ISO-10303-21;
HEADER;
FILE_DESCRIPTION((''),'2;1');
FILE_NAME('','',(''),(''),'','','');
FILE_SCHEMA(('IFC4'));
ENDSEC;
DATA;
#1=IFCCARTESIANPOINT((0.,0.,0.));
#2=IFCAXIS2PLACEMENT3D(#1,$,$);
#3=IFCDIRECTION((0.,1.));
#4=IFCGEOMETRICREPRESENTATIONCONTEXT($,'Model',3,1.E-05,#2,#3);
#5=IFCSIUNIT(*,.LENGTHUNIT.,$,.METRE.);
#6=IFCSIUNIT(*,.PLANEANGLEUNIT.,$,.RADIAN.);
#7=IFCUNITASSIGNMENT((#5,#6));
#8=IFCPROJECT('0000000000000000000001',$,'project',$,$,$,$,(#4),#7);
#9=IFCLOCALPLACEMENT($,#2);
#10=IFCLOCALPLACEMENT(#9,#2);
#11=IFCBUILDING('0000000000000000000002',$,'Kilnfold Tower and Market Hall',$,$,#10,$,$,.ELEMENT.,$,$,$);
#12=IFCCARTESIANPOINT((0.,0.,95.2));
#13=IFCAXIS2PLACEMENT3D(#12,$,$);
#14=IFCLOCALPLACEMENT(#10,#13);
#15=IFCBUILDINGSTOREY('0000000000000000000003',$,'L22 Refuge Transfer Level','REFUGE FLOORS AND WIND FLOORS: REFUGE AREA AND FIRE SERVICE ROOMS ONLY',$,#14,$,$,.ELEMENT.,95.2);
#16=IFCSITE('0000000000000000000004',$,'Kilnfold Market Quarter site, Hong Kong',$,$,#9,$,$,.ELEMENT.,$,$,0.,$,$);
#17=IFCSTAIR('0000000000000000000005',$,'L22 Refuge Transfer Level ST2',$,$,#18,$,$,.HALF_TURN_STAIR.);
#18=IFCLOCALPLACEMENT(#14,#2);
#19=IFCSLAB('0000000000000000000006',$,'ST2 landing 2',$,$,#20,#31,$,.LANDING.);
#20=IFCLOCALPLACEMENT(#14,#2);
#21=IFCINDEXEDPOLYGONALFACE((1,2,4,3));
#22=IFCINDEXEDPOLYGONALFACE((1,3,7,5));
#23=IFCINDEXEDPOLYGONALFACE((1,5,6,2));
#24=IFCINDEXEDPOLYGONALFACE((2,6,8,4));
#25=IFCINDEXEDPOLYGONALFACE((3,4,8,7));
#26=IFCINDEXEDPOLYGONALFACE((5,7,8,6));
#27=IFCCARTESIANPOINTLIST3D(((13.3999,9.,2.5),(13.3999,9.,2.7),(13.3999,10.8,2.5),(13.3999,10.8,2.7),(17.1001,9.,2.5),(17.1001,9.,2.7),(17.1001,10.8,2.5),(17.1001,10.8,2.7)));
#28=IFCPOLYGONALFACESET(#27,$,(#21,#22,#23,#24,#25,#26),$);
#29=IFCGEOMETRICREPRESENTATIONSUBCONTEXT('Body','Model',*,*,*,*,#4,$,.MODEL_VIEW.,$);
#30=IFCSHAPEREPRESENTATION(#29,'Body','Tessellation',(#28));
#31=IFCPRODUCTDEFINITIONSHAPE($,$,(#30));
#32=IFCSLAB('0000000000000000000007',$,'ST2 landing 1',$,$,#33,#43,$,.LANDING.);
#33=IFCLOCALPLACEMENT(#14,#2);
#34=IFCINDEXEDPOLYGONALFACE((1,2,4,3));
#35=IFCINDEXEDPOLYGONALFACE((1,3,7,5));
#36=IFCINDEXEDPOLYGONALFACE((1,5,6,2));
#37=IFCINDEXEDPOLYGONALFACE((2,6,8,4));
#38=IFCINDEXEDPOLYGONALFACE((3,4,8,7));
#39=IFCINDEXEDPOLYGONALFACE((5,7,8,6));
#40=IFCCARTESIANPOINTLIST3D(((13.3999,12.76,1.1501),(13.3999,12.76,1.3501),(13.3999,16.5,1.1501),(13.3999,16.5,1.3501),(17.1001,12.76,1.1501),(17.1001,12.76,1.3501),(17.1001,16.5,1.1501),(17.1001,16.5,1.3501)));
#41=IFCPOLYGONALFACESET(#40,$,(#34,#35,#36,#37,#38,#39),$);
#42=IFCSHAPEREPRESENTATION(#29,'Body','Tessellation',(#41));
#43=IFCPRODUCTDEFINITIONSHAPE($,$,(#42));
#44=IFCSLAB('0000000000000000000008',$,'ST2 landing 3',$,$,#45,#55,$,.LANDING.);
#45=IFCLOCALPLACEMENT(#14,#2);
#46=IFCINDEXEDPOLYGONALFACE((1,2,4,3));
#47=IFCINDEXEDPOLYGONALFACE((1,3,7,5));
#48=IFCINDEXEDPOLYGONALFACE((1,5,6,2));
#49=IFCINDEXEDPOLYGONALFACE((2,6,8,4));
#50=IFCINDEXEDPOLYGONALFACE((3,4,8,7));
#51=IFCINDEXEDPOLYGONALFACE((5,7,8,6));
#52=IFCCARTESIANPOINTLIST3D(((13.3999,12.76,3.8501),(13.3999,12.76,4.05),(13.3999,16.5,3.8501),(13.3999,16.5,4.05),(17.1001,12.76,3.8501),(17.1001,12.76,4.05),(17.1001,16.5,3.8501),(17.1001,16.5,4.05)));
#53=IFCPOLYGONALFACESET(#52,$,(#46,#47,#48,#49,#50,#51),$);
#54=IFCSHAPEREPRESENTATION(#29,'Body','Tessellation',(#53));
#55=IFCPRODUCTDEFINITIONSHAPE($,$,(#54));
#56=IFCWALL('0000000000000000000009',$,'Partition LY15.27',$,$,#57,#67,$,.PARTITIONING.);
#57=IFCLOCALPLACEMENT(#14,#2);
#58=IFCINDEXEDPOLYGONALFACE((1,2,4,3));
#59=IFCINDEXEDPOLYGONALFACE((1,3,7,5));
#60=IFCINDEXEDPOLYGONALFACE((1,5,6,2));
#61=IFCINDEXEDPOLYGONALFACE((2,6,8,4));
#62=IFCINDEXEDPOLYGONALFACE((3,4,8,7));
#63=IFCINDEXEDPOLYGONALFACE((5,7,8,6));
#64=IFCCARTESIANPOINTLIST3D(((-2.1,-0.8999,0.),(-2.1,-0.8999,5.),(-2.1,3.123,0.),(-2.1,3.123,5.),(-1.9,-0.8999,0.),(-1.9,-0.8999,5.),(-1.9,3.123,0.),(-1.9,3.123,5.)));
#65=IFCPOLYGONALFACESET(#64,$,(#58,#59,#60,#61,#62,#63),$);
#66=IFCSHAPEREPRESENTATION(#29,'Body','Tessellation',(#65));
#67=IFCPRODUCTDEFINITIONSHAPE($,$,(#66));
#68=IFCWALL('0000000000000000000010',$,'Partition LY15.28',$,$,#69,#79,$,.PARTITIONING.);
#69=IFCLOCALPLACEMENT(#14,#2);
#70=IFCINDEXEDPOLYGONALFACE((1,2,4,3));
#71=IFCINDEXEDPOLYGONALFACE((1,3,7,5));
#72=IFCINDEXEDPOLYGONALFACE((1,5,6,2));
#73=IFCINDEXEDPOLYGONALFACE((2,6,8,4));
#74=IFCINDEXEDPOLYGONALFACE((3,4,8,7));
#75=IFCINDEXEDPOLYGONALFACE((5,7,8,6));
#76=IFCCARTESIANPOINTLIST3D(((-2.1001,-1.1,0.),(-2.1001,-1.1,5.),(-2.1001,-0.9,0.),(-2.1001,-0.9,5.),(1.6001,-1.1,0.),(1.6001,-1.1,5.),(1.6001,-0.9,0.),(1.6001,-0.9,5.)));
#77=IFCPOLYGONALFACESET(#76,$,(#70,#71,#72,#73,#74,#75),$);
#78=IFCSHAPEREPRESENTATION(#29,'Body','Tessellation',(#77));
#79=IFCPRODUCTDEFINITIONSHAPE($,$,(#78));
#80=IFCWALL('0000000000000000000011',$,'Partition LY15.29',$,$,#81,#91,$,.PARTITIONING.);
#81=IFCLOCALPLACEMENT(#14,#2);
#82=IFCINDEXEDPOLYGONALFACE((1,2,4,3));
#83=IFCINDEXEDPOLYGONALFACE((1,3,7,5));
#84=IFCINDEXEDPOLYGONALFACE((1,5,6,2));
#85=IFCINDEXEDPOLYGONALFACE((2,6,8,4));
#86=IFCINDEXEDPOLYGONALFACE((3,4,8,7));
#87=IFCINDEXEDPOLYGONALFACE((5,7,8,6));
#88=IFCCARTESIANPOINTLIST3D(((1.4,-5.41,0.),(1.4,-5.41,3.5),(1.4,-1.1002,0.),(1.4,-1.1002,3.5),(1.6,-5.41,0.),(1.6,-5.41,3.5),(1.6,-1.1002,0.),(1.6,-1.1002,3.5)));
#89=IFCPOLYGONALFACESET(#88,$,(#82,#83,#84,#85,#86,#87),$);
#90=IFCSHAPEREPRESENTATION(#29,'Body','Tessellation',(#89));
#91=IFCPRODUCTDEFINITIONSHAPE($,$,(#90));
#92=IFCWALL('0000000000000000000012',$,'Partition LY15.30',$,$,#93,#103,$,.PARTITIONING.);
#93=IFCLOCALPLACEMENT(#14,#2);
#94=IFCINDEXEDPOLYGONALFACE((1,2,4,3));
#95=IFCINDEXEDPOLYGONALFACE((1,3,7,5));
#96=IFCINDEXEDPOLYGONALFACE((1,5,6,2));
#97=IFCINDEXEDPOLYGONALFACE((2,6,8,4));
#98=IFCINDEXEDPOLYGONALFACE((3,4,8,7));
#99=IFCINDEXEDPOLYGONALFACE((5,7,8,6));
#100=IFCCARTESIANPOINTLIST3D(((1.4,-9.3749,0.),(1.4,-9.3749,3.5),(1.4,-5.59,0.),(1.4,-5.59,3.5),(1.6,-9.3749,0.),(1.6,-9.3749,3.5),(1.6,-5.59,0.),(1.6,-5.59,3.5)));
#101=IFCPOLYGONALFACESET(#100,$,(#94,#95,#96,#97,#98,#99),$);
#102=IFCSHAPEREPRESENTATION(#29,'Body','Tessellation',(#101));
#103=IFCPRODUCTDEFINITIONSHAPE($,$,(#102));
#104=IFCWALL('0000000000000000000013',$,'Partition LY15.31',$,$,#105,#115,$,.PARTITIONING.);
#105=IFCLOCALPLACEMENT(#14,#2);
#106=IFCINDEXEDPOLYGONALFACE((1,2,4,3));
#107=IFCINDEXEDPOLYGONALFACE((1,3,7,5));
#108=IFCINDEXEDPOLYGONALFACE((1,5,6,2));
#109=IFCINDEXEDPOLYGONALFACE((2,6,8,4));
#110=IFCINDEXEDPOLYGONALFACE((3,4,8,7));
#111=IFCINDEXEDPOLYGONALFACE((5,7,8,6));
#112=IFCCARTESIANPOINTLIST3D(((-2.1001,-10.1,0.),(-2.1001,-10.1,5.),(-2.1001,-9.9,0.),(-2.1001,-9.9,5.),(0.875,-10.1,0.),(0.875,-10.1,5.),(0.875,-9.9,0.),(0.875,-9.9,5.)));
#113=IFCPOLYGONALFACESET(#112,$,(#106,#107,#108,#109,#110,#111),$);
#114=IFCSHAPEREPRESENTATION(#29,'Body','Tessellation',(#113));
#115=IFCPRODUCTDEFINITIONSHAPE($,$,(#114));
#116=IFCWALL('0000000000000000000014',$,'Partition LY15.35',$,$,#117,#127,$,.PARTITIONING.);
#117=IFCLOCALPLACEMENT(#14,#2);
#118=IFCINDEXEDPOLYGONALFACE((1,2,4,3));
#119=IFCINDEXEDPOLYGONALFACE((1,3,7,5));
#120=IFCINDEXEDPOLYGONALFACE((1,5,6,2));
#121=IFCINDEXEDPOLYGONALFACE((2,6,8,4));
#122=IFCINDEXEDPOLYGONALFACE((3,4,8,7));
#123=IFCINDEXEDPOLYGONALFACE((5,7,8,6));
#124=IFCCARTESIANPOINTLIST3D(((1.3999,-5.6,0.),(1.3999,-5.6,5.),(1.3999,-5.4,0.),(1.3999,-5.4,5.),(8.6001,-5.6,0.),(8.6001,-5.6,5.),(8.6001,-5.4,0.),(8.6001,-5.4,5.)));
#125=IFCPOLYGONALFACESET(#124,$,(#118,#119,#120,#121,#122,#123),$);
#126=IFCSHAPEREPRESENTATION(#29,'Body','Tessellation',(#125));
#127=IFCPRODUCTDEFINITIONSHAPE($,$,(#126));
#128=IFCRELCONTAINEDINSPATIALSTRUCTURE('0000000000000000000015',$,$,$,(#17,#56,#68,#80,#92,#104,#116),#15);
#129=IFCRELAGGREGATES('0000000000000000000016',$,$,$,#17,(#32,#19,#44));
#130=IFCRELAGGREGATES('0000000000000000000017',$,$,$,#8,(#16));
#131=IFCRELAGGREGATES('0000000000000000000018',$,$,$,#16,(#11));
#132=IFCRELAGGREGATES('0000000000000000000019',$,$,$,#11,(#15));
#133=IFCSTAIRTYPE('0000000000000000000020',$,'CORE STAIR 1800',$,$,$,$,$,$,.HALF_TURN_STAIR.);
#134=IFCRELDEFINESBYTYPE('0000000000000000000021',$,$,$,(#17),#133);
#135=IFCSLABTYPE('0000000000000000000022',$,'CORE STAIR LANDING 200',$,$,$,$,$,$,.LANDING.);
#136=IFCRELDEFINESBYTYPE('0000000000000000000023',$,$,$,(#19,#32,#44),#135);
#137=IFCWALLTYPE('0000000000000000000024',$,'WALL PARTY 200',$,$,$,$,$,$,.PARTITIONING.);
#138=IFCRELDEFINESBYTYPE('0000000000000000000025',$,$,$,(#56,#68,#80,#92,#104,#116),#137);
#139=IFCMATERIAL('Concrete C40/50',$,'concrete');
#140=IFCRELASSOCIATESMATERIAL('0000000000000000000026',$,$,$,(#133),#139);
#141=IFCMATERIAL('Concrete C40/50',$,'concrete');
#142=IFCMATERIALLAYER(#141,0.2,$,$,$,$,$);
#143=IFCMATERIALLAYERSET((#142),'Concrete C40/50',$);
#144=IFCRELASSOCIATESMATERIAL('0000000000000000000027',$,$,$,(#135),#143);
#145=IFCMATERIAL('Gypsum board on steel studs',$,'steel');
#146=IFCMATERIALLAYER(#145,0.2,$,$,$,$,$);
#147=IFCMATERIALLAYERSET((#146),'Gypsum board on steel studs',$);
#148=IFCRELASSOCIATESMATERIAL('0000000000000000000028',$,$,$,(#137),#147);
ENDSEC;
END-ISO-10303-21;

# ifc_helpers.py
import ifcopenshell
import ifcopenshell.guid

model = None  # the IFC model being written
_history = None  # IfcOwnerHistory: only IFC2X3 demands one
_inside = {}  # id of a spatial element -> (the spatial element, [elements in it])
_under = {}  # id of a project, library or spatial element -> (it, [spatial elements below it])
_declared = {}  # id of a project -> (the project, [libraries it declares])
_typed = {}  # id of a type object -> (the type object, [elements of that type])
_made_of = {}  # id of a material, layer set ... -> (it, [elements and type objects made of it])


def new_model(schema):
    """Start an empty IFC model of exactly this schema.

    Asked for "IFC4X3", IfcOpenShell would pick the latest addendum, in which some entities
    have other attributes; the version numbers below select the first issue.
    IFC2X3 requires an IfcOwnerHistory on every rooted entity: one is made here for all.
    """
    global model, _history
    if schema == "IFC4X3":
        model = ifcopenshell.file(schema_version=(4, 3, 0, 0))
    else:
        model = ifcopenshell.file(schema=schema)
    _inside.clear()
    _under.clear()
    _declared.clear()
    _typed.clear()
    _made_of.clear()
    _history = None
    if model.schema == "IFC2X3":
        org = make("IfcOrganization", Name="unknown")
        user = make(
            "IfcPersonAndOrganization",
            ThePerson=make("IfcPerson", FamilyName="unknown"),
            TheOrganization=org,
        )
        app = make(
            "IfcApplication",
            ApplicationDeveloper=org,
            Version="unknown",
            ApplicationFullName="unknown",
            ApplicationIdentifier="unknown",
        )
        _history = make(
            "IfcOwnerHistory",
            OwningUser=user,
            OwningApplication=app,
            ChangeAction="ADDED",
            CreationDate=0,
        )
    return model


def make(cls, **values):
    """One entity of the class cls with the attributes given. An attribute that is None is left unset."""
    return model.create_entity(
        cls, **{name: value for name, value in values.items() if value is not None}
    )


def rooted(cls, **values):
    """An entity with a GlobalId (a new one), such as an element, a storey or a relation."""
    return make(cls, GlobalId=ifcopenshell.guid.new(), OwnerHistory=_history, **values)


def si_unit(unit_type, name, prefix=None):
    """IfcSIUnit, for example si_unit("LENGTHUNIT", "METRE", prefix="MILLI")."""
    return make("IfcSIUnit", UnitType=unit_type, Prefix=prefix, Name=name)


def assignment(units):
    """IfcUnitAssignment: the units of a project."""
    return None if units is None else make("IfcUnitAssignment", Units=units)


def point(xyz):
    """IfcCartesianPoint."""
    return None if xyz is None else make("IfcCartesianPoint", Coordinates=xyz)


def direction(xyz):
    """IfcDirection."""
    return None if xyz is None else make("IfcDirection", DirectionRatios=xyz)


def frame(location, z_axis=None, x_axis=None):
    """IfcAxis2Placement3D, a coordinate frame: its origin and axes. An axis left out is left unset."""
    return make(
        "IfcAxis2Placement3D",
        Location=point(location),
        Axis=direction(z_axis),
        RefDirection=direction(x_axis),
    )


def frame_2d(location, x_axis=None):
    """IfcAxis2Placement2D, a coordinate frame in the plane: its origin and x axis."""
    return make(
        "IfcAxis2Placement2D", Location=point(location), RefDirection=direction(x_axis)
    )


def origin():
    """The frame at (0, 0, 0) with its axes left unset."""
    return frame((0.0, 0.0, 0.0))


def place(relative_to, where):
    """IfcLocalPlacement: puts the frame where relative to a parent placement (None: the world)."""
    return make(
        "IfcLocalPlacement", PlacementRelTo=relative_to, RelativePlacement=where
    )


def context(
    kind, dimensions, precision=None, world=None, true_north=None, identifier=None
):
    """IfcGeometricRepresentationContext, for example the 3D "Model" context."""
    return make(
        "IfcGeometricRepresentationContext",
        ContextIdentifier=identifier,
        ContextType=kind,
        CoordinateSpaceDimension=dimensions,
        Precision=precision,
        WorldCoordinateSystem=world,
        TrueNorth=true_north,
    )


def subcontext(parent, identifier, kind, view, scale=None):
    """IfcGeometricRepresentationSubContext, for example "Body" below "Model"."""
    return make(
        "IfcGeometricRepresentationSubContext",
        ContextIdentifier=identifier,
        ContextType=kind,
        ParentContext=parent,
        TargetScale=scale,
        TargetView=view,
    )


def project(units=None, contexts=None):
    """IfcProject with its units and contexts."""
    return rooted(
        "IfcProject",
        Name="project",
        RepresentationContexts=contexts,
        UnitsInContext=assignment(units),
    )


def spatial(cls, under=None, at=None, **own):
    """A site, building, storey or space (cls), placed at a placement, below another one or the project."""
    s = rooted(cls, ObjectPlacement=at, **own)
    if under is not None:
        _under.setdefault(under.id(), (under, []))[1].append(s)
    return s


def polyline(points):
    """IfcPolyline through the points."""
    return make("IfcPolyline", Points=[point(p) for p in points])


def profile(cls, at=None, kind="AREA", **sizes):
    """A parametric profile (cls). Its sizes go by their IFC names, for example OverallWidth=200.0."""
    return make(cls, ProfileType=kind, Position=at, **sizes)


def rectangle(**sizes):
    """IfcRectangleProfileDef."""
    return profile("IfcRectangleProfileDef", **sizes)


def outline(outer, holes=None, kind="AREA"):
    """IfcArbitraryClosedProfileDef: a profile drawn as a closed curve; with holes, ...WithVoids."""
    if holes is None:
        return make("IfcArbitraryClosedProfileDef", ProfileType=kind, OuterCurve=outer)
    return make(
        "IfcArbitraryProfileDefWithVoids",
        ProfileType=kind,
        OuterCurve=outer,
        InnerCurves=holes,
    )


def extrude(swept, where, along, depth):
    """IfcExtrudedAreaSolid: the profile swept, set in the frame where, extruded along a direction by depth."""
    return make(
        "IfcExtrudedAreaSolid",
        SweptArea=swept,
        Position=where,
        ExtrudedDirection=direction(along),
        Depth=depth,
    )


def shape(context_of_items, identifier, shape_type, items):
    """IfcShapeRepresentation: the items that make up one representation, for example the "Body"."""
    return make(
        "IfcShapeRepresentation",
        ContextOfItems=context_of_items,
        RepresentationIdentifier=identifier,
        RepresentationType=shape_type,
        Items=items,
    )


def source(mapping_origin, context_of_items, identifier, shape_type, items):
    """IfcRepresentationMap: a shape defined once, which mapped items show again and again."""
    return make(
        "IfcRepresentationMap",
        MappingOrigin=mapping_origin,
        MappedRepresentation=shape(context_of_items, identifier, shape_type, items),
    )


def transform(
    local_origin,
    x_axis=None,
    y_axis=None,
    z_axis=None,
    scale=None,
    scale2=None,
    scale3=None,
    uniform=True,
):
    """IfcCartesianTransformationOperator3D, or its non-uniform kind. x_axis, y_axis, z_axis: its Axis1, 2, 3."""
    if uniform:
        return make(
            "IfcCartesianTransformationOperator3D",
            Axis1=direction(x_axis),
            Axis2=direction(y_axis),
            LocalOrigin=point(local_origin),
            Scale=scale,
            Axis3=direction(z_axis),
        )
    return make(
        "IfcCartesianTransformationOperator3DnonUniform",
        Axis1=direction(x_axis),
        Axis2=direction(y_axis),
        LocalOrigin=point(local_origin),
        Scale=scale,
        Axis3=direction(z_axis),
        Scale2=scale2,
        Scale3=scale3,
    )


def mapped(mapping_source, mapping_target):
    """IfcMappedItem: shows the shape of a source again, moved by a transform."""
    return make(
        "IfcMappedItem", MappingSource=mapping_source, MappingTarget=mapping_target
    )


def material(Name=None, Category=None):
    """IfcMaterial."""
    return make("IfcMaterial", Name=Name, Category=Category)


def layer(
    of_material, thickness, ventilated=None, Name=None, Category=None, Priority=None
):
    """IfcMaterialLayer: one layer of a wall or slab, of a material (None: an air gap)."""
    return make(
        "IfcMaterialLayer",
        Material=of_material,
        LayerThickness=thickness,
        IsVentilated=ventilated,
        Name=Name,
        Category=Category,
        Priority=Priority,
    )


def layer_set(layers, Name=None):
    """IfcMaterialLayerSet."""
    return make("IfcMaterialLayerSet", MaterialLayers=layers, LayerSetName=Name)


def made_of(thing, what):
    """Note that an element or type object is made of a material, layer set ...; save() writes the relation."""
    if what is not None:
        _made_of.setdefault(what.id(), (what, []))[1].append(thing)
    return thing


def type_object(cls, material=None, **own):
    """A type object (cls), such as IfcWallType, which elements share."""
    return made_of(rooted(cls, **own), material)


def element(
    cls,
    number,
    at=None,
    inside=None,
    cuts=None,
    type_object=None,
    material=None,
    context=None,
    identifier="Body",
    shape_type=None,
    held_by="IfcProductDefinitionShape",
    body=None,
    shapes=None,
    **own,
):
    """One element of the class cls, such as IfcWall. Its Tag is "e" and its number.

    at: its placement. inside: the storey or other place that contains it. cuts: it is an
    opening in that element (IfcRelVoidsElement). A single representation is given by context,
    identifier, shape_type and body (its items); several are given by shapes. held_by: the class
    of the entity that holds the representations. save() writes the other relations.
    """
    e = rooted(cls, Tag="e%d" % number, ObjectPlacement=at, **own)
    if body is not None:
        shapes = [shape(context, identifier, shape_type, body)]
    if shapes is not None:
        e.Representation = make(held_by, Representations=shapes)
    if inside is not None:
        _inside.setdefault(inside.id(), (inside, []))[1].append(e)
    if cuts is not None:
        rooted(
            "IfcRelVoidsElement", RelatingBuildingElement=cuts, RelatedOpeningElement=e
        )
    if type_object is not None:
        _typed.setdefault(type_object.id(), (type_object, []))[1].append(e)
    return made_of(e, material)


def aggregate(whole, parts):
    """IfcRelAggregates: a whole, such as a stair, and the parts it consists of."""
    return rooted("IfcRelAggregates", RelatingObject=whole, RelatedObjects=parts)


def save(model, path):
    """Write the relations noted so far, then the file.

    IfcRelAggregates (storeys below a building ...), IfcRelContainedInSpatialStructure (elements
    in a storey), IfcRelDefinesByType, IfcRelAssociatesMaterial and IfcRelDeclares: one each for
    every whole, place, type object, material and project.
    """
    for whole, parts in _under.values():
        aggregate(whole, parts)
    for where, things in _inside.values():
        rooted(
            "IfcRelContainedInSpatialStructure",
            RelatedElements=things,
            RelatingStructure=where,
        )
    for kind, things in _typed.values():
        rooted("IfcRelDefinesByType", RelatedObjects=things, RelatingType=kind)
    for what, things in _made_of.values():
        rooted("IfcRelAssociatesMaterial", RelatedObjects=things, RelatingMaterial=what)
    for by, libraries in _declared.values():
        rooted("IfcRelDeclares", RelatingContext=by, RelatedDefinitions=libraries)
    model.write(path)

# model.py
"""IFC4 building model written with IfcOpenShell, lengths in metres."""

from ifc_helpers import new_model, si_unit, direction, frame, frame_2d, origin, place, context, subcontext, project, spatial, polyline, rectangle, outline, extrude, source, transform, mapped, material, layer, layer_set, type_object, element, aggregate, save


model = new_model("IFC4")

# Units and contexts
model_context = context("Model", 3, precision=1e-05, world=origin(), true_north=direction((0.0, 1.0)))
body_context = subcontext(model_context, "Body", "Model", "MODEL_VIEW")
ifc_project = project(units=[si_unit("LENGTHUNIT", "METRE"), si_unit("PLANEANGLEUNIT", "RADIAN")], contexts=[model_context])

# Site, building, storey
site_placement = place(None, origin())
site = spatial("IfcSite", under=ifc_project, at=site_placement, Name="Kilnfold Market Quarter site, Hong Kong", CompositionType="ELEMENT", RefElevation=0.0)
building_placement = place(site_placement, origin())
building = spatial("IfcBuilding", under=site, at=building_placement, Name="Kilnfold Tower and Market Hall", CompositionType="ELEMENT")
storey_placement = place(building_placement, frame((0.0, 0.0, 95.2)))
storey = spatial("IfcBuildingStorey", under=building, at=storey_placement, Name="L22 Refuge Transfer Level", Description="REFUGE FLOORS AND WIND FLOORS: REFUGE AREA AND FIRE SERVICE ROOMS ONLY", CompositionType="ELEMENT", Elevation=95.2)

# Stair, slabs
ifc_material_1 = material(Name="Concrete C40/50", Category="concrete")
stair_type = type_object("IfcStairType", Name="CORE STAIR 1800", PredefinedType="HALF_TURN_STAIR", material=ifc_material_1)
ifc_material_2 = material(Name="Concrete C40/50", Category="concrete")
ifc_layer_1 = layer(ifc_material_2, 0.2)
ifc_layer_set_1 = layer_set([ifc_layer_1], Name="Concrete C40/50")
slab_type_1 = type_object("IfcSlabType", Name="CORE STAIR LANDING 200", PredefinedType="LANDING", material=ifc_layer_set_1)
stair_1_placement = place(storey_placement, origin())
stair_1 = element("IfcStair", 1, at=stair_1_placement, inside=storey, type_object=stair_type, Name="L22 Refuge Transfer Level ST2", PredefinedType="HALF_TURN_STAIR")
shared_shape_1 = source(origin(), body_context, "Body", "SweptSolid", [
    extrude(outline(polyline([(17.1001, 9.0), (17.1001, 10.8), (13.3999, 10.8), (13.3999, 9.0), (17.1001, 9.0)])), origin(), (0.0, 0.0, 1.0), 0.2),
])
slab_1_placement = place(storey_placement, frame((0.0, 0.0, 2.5)))
slab_1 = element("IfcSlab", 2, at=slab_1_placement, type_object=slab_type_1, Name="ST2 landing 2", PredefinedType="LANDING", context=body_context, shape_type="MappedRepresentation", body=[
    mapped(shared_shape_1, transform((0.0, 0.0, 0.0))),
])
shared_shape_2 = source(origin(), body_context, "Body", "SweptSolid", [
    extrude(outline(polyline([(17.1001, 12.76), (17.1001, 16.5), (13.3999, 16.5), (13.3999, 12.76), (17.1001, 12.76)])), origin(), (0.0, 0.0, 1.0), 0.2),
])
slab_2_placement = place(storey_placement, frame((0.0, 0.0, 1.1501)))
slab_2 = element("IfcSlab", 3, at=slab_2_placement, type_object=slab_type_1, Name="ST2 landing 1", PredefinedType="LANDING", context=body_context, shape_type="MappedRepresentation", body=[
    mapped(shared_shape_2, transform((0.0, 0.0, 0.0))),
])
slab_3_placement = place(storey_placement, frame((0.0, 0.0, 3.8501)))
slab_3 = element("IfcSlab", 4, at=slab_3_placement, type_object=slab_type_1, Name="ST2 landing 3", PredefinedType="LANDING", context=body_context, shape_type="MappedRepresentation", body=[
    mapped(shared_shape_2, transform((0.0, 0.0, 0.0))),
])
aggregate(stair_1, [slab_2, slab_1, slab_3])

# Walls
ifc_material_3 = material(Name="Gypsum board on steel studs", Category="steel")
ifc_layer_2 = layer(ifc_material_3, 0.2)
ifc_layer_set_2 = layer_set([ifc_layer_2], Name="Gypsum board on steel studs")
wall_type = type_object("IfcWallType", Name="WALL PARTY 200", PredefinedType="PARTITIONING", material=ifc_layer_set_2)
wall_1_placement = place(storey_placement, frame((-2.0, -0.8999, 0.0), z_axis=(0.0, 0.0, 1.0), x_axis=(0.0, 1.0, 0.0)))
element("IfcWall", 5, at=wall_1_placement, inside=storey, type_object=wall_type, Name="Partition LY15.27", PredefinedType="PARTITIONING", context=body_context, shape_type="SweptSolid", body=[
    extrude(rectangle(XDim=4.0229, YDim=0.2, at=frame_2d((2.0115, 0.0))), origin(), (0.0, 0.0, 1.0), 5.0),
])
wall_2_placement = place(storey_placement, frame((-2.1001, -1.0, 0.0), z_axis=(0.0, 0.0, 1.0), x_axis=(1.0, 0.0, 0.0)))
element("IfcWall", 6, at=wall_2_placement, inside=storey, type_object=wall_type, Name="Partition LY15.28", PredefinedType="PARTITIONING", context=body_context, shape_type="SweptSolid", body=[
    extrude(rectangle(XDim=3.7002, YDim=0.2, at=frame_2d((1.8501, 0.0))), origin(), (0.0, 0.0, 1.0), 5.0),
])
wall_3_placement = place(storey_placement, frame((1.5, -5.4099, 0.0), z_axis=(0.0, 0.0, 1.0), x_axis=(0.0, 1.0, 0.0)))
element("IfcWall", 7, at=wall_3_placement, inside=storey, type_object=wall_type, Name="Partition LY15.29", PredefinedType="PARTITIONING", context=body_context, shape_type="SweptSolid", body=[
    extrude(rectangle(XDim=4.3098, YDim=0.2, at=frame_2d((2.1548, 0.0))), origin(), (0.0, 0.0, 1.0), 3.5),
])
wall_4_placement = place(storey_placement, frame((1.5, -9.375, 0.0), z_axis=(0.0, 0.0, 1.0), x_axis=(0.0, 1.0, 0.0)))
element("IfcWall", 8, at=wall_4_placement, inside=storey, type_object=wall_type, Name="Partition LY15.30", PredefinedType="PARTITIONING", context=body_context, shape_type="SweptSolid", body=[
    extrude(rectangle(XDim=3.7849, YDim=0.2, at=frame_2d((1.8926, 0.0))), origin(), (0.0, 0.0, 1.0), 3.5),
])
wall_5_placement = place(storey_placement, frame((-2.1001, -10.0, 0.0), z_axis=(0.0, 0.0, 1.0), x_axis=(1.0, 0.0, 0.0)))
element("IfcWall", 9, at=wall_5_placement, inside=storey, type_object=wall_type, Name="Partition LY15.31", PredefinedType="PARTITIONING", context=body_context, shape_type="SweptSolid", body=[
    extrude(rectangle(XDim=2.9751, YDim=0.2, at=frame_2d((1.4875, 0.0))), origin(), (0.0, 0.0, 1.0), 5.0),
])
wall_6_placement = place(storey_placement, frame((1.3999, -5.5, 0.0), z_axis=(0.0, 0.0, 1.0), x_axis=(1.0, 0.0, 0.0)))
element("IfcWall", 10, at=wall_6_placement, inside=storey, type_object=wall_type, Name="Partition LY15.35", PredefinedType="PARTITIONING", context=body_context, shape_type="SweptSolid", body=[
    extrude(rectangle(XDim=7.2002, YDim=0.2, at=frame_2d((3.6001, 0.0))), origin(), (0.0, 0.0, 1.0), 5.0),
])

save(model, "model.ifc")
